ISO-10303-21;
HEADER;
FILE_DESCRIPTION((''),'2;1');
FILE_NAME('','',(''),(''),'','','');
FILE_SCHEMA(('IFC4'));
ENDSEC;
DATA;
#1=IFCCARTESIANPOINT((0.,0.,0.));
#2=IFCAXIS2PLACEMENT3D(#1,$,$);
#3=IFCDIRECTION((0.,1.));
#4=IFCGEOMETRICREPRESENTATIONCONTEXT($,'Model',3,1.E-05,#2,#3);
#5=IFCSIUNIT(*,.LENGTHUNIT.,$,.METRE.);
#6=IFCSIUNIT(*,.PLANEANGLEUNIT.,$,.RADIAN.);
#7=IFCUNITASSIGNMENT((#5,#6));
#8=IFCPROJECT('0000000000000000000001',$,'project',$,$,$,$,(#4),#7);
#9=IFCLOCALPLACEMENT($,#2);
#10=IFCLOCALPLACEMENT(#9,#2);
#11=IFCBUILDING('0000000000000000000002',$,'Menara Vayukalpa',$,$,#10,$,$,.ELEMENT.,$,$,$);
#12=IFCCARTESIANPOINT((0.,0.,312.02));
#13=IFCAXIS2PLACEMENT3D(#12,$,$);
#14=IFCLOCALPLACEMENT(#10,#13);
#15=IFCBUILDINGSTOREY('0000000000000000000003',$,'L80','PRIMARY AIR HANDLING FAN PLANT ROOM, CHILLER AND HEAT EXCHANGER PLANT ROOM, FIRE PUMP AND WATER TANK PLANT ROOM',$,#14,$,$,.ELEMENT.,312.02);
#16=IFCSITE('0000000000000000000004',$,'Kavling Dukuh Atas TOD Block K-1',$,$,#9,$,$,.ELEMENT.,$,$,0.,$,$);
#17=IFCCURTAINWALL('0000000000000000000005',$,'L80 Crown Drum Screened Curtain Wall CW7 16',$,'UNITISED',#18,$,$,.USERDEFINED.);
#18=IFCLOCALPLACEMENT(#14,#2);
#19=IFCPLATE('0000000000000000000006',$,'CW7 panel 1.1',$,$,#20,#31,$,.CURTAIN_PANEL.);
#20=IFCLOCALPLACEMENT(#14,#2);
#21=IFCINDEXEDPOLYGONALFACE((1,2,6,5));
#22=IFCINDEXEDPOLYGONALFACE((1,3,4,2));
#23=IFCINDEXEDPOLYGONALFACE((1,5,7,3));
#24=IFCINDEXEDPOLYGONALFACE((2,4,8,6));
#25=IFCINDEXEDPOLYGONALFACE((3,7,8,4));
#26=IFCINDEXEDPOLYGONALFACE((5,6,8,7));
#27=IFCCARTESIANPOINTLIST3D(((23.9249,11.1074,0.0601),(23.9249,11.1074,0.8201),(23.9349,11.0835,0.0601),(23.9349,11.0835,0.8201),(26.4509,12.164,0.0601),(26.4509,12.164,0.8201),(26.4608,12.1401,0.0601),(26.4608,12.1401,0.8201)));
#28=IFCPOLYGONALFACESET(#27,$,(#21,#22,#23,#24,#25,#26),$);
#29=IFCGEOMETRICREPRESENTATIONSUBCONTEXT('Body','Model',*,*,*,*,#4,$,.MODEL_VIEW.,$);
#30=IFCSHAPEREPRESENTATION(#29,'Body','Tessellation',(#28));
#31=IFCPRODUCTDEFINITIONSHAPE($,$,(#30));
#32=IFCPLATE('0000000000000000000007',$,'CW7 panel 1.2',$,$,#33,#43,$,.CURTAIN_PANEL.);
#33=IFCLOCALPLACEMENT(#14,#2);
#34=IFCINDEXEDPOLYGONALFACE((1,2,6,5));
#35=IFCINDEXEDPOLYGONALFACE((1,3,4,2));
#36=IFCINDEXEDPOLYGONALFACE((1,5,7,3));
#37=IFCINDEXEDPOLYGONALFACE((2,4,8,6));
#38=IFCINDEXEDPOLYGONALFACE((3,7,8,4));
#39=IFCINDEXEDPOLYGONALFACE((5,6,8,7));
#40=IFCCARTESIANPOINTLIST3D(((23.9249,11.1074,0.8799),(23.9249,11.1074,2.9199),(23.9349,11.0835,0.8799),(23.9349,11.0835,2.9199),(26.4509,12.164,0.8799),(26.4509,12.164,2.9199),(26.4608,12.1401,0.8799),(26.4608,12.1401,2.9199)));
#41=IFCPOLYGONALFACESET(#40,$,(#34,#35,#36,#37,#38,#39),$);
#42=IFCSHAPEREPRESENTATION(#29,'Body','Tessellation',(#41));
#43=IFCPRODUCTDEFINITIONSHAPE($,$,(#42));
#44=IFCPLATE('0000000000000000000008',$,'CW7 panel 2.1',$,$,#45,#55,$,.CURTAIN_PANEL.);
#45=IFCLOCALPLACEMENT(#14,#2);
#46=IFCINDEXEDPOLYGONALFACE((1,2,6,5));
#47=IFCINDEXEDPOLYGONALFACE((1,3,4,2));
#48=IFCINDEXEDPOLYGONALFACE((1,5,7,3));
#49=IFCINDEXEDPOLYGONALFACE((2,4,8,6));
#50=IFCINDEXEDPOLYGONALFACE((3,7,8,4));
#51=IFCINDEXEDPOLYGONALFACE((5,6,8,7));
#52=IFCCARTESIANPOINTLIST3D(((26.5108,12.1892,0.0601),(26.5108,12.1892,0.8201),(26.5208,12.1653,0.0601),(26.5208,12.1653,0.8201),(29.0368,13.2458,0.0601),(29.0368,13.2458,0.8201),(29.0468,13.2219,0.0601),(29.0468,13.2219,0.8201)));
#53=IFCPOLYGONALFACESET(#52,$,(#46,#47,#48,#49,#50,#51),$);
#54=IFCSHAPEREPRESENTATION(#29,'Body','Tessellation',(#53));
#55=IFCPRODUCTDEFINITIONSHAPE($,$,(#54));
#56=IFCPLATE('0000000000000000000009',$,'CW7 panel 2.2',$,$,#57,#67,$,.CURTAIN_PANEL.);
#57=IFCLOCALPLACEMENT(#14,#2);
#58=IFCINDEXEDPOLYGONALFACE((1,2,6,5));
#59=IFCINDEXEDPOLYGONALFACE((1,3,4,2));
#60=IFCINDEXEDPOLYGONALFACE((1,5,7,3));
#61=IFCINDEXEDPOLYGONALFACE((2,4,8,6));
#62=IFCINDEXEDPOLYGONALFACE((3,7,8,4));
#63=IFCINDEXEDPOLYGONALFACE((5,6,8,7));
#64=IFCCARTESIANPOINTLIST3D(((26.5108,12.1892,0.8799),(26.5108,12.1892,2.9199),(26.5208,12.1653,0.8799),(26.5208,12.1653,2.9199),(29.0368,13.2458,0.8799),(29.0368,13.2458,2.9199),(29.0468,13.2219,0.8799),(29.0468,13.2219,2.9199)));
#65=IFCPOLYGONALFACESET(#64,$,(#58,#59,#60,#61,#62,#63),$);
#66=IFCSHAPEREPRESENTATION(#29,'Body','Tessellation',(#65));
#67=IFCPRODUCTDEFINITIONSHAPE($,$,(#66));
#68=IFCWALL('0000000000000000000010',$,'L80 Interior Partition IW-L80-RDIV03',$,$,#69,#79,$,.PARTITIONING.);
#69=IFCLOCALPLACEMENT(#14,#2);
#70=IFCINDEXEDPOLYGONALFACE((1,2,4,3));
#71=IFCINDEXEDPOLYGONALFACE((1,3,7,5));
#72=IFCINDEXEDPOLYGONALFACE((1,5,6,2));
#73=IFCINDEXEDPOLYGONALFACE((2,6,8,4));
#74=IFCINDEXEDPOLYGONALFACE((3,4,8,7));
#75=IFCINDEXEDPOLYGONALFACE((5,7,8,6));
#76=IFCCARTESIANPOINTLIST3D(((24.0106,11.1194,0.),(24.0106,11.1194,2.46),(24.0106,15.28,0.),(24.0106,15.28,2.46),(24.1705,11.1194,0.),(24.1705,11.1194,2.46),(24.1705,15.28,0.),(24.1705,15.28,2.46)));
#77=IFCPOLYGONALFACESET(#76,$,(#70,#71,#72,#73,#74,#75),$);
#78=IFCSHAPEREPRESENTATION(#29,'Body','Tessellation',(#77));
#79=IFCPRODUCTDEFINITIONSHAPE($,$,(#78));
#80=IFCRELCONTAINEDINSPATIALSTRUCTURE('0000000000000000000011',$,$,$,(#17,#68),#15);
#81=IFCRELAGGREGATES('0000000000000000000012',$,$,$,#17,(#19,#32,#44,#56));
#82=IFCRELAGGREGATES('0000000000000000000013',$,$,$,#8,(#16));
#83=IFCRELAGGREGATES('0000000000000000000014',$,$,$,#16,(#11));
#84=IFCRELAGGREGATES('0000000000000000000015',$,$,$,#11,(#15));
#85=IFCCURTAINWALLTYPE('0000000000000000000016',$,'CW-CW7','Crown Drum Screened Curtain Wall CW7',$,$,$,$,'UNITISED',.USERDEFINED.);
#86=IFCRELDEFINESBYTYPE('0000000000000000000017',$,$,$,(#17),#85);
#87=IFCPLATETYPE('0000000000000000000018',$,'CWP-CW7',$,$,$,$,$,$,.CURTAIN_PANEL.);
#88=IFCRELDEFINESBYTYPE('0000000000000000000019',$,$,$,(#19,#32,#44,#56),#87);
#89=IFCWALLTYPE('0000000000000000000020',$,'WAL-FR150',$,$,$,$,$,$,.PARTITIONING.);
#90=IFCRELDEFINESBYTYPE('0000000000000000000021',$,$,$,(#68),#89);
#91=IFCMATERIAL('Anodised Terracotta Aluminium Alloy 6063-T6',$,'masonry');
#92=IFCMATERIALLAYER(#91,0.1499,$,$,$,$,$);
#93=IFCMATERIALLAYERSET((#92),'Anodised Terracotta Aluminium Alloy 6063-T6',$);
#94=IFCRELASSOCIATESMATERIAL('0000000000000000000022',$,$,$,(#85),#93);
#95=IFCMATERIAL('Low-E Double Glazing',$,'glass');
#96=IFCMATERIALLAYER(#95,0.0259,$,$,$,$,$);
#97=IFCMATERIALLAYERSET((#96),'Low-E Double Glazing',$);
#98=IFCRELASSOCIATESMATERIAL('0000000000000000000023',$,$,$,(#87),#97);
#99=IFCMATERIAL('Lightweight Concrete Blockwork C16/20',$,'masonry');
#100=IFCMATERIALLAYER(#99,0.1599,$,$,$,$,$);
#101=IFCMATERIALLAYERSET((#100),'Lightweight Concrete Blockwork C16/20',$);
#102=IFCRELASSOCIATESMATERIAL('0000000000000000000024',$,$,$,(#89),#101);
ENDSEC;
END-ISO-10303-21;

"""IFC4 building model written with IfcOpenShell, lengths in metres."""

from ifc_helpers import new_model, si_unit, direction, frame, frame_2d, origin, origin_2d, place, context, subcontext, project, spatial, rectangle, extrude, material, layer, layer_set, type_object, element, aggregate, save


model = new_model("IFC4")

# Units and contexts
model_context = context("Model", 3, precision=1e-05, world=origin(), true_north=direction((0.0, 1.0)))
body_context = subcontext(model_context, "Body", "Model", "MODEL_VIEW")
ifc_project = project(units=[si_unit("LENGTHUNIT", "METRE"), si_unit("PLANEANGLEUNIT", "RADIAN")], contexts=[model_context])

# Site, building, storey
site_placement = place(None, origin())
site = spatial("IfcSite", under=ifc_project, at=site_placement, Name="Kavling Dukuh Atas TOD Block K-1", CompositionType="ELEMENT", RefElevation=0.0)
building_placement = place(site_placement, origin())
building = spatial("IfcBuilding", under=site, at=building_placement, Name="Menara Vayukalpa", CompositionType="ELEMENT")
storey_placement = place(building_placement, frame((0.0, 0.0, 312.02)))
storey = spatial("IfcBuildingStorey", under=building, at=storey_placement, Name="L80", Description="PRIMARY AIR HANDLING FAN PLANT ROOM, CHILLER AND HEAT EXCHANGER PLANT ROOM, FIRE PUMP AND WATER TANK PLANT ROOM", CompositionType="ELEMENT", Elevation=312.02)

# Shared definitions
ifc_material_1 = material(Name="Anodised Terracotta Aluminium Alloy 6063-T6", Category="masonry")
ifc_layer_1 = layer(ifc_material_1, 0.1499)
ifc_layer_set_1 = layer_set([ifc_layer_1], Name="Anodised Terracotta Aluminium Alloy 6063-T6")
curtain_wall_type = type_object("IfcCurtainWallType", Name="CW-CW7", Description="Crown Drum Screened Curtain Wall CW7", ElementType="UNITISED", PredefinedType="USERDEFINED", material=ifc_layer_set_1)

# Curtain wall
curtain_wall_1_placement = place(storey_placement, origin())
curtain_wall_1 = element("IfcCurtainWall", 1, at=curtain_wall_1_placement, inside=storey, type_object=curtain_wall_type, Name="L80 Crown Drum Screened Curtain Wall CW7 16", ObjectType="UNITISED", PredefinedType="USERDEFINED")

# Plates
ifc_material_2 = material(Name="Low-E Double Glazing", Category="glass")
ifc_layer_2 = layer(ifc_material_2, 0.0259)
ifc_layer_set_2 = layer_set([ifc_layer_2], Name="Low-E Double Glazing")
plate_type = type_object("IfcPlateType", Name="CWP-CW7", PredefinedType="CURTAIN_PANEL", material=ifc_layer_set_2)
plate_1_placement = place(storey_placement, frame((25.1929, 11.6238, 0.0601), z_axis=(0.0, 0.0, 1.0), x_axis=(0.922541, 0.385898, 0.0)))
plate_1 = element("IfcPlate", 2, at=plate_1_placement, type_object=plate_type, Name="CW7 panel 1.1", PredefinedType="CURTAIN_PANEL", context=body_context, shape_type="SweptSolid", body=[
    extrude(rectangle(XDim=2.738, YDim=0.0259, at=origin_2d()), origin(), (0.0, 0.0, 1.0), 0.76),
])
plate_2_placement = place(storey_placement, frame((25.1929, 11.6238, 0.8799), z_axis=(0.0, 0.0, 1.0), x_axis=(0.922541, 0.385898, 0.0)))
plate_2 = element("IfcPlate", 3, at=plate_2_placement, type_object=plate_type, Name="CW7 panel 1.2", PredefinedType="CURTAIN_PANEL", context=body_context, shape_type="SweptSolid", body=[
    extrude(rectangle(XDim=2.738, YDim=0.0259, at=origin_2d()), origin(), (0.0, 0.0, 1.0), 2.04),
])
plate_3_placement = place(storey_placement, frame((27.7788, 12.7056, 0.0601), z_axis=(0.0, 0.0, 1.0), x_axis=(0.922541, 0.385898, 0.0)))
plate_3 = element("IfcPlate", 4, at=plate_3_placement, type_object=plate_type, Name="CW7 panel 2.1", PredefinedType="CURTAIN_PANEL", context=body_context, shape_type="SweptSolid", body=[
    extrude(rectangle(XDim=2.738, YDim=0.0259, at=origin_2d()), origin(), (0.0, 0.0, 1.0), 0.76),
])
plate_4_placement = place(storey_placement, frame((27.7788, 12.7056, 0.8799), z_axis=(0.0, 0.0, 1.0), x_axis=(0.922541, 0.385898, 0.0)))
plate_4 = element("IfcPlate", 5, at=plate_4_placement, type_object=plate_type, Name="CW7 panel 2.2", PredefinedType="CURTAIN_PANEL", context=body_context, shape_type="SweptSolid", body=[
    extrude(rectangle(XDim=2.738, YDim=0.0259, at=origin_2d()), origin(), (0.0, 0.0, 1.0), 2.04),
])
aggregate(curtain_wall_1, [plate_1, plate_2, plate_3, plate_4])

# Wall
ifc_material_3 = material(Name="Lightweight Concrete Blockwork C16/20", Category="masonry")
ifc_layer_3 = layer(ifc_material_3, 0.1599)
ifc_layer_set_3 = layer_set([ifc_layer_3], Name="Lightweight Concrete Blockwork C16/20")
wall_type = type_object("IfcWallType", Name="WAL-FR150", PredefinedType="PARTITIONING", material=ifc_layer_set_3)
wall_placement = place(storey_placement, frame((24.0906, 11.1194, 0.0), z_axis=(0.0, 0.0, 1.0), x_axis=(0.0, 1.0, 0.0)))
element("IfcWall", 6, at=wall_placement, inside=storey, type_object=wall_type, Name="L80 Interior Partition IW-L80-RDIV03", PredefinedType="PARTITIONING", context=body_context, shape_type="SweptSolid", body=[
    extrude(rectangle(XDim=4.1606, YDim=0.1599, at=frame_2d((2.0803, 0.0))), origin(), (0.0, 0.0, 1.0), 2.46),
])

save(model, "model.ifc")
